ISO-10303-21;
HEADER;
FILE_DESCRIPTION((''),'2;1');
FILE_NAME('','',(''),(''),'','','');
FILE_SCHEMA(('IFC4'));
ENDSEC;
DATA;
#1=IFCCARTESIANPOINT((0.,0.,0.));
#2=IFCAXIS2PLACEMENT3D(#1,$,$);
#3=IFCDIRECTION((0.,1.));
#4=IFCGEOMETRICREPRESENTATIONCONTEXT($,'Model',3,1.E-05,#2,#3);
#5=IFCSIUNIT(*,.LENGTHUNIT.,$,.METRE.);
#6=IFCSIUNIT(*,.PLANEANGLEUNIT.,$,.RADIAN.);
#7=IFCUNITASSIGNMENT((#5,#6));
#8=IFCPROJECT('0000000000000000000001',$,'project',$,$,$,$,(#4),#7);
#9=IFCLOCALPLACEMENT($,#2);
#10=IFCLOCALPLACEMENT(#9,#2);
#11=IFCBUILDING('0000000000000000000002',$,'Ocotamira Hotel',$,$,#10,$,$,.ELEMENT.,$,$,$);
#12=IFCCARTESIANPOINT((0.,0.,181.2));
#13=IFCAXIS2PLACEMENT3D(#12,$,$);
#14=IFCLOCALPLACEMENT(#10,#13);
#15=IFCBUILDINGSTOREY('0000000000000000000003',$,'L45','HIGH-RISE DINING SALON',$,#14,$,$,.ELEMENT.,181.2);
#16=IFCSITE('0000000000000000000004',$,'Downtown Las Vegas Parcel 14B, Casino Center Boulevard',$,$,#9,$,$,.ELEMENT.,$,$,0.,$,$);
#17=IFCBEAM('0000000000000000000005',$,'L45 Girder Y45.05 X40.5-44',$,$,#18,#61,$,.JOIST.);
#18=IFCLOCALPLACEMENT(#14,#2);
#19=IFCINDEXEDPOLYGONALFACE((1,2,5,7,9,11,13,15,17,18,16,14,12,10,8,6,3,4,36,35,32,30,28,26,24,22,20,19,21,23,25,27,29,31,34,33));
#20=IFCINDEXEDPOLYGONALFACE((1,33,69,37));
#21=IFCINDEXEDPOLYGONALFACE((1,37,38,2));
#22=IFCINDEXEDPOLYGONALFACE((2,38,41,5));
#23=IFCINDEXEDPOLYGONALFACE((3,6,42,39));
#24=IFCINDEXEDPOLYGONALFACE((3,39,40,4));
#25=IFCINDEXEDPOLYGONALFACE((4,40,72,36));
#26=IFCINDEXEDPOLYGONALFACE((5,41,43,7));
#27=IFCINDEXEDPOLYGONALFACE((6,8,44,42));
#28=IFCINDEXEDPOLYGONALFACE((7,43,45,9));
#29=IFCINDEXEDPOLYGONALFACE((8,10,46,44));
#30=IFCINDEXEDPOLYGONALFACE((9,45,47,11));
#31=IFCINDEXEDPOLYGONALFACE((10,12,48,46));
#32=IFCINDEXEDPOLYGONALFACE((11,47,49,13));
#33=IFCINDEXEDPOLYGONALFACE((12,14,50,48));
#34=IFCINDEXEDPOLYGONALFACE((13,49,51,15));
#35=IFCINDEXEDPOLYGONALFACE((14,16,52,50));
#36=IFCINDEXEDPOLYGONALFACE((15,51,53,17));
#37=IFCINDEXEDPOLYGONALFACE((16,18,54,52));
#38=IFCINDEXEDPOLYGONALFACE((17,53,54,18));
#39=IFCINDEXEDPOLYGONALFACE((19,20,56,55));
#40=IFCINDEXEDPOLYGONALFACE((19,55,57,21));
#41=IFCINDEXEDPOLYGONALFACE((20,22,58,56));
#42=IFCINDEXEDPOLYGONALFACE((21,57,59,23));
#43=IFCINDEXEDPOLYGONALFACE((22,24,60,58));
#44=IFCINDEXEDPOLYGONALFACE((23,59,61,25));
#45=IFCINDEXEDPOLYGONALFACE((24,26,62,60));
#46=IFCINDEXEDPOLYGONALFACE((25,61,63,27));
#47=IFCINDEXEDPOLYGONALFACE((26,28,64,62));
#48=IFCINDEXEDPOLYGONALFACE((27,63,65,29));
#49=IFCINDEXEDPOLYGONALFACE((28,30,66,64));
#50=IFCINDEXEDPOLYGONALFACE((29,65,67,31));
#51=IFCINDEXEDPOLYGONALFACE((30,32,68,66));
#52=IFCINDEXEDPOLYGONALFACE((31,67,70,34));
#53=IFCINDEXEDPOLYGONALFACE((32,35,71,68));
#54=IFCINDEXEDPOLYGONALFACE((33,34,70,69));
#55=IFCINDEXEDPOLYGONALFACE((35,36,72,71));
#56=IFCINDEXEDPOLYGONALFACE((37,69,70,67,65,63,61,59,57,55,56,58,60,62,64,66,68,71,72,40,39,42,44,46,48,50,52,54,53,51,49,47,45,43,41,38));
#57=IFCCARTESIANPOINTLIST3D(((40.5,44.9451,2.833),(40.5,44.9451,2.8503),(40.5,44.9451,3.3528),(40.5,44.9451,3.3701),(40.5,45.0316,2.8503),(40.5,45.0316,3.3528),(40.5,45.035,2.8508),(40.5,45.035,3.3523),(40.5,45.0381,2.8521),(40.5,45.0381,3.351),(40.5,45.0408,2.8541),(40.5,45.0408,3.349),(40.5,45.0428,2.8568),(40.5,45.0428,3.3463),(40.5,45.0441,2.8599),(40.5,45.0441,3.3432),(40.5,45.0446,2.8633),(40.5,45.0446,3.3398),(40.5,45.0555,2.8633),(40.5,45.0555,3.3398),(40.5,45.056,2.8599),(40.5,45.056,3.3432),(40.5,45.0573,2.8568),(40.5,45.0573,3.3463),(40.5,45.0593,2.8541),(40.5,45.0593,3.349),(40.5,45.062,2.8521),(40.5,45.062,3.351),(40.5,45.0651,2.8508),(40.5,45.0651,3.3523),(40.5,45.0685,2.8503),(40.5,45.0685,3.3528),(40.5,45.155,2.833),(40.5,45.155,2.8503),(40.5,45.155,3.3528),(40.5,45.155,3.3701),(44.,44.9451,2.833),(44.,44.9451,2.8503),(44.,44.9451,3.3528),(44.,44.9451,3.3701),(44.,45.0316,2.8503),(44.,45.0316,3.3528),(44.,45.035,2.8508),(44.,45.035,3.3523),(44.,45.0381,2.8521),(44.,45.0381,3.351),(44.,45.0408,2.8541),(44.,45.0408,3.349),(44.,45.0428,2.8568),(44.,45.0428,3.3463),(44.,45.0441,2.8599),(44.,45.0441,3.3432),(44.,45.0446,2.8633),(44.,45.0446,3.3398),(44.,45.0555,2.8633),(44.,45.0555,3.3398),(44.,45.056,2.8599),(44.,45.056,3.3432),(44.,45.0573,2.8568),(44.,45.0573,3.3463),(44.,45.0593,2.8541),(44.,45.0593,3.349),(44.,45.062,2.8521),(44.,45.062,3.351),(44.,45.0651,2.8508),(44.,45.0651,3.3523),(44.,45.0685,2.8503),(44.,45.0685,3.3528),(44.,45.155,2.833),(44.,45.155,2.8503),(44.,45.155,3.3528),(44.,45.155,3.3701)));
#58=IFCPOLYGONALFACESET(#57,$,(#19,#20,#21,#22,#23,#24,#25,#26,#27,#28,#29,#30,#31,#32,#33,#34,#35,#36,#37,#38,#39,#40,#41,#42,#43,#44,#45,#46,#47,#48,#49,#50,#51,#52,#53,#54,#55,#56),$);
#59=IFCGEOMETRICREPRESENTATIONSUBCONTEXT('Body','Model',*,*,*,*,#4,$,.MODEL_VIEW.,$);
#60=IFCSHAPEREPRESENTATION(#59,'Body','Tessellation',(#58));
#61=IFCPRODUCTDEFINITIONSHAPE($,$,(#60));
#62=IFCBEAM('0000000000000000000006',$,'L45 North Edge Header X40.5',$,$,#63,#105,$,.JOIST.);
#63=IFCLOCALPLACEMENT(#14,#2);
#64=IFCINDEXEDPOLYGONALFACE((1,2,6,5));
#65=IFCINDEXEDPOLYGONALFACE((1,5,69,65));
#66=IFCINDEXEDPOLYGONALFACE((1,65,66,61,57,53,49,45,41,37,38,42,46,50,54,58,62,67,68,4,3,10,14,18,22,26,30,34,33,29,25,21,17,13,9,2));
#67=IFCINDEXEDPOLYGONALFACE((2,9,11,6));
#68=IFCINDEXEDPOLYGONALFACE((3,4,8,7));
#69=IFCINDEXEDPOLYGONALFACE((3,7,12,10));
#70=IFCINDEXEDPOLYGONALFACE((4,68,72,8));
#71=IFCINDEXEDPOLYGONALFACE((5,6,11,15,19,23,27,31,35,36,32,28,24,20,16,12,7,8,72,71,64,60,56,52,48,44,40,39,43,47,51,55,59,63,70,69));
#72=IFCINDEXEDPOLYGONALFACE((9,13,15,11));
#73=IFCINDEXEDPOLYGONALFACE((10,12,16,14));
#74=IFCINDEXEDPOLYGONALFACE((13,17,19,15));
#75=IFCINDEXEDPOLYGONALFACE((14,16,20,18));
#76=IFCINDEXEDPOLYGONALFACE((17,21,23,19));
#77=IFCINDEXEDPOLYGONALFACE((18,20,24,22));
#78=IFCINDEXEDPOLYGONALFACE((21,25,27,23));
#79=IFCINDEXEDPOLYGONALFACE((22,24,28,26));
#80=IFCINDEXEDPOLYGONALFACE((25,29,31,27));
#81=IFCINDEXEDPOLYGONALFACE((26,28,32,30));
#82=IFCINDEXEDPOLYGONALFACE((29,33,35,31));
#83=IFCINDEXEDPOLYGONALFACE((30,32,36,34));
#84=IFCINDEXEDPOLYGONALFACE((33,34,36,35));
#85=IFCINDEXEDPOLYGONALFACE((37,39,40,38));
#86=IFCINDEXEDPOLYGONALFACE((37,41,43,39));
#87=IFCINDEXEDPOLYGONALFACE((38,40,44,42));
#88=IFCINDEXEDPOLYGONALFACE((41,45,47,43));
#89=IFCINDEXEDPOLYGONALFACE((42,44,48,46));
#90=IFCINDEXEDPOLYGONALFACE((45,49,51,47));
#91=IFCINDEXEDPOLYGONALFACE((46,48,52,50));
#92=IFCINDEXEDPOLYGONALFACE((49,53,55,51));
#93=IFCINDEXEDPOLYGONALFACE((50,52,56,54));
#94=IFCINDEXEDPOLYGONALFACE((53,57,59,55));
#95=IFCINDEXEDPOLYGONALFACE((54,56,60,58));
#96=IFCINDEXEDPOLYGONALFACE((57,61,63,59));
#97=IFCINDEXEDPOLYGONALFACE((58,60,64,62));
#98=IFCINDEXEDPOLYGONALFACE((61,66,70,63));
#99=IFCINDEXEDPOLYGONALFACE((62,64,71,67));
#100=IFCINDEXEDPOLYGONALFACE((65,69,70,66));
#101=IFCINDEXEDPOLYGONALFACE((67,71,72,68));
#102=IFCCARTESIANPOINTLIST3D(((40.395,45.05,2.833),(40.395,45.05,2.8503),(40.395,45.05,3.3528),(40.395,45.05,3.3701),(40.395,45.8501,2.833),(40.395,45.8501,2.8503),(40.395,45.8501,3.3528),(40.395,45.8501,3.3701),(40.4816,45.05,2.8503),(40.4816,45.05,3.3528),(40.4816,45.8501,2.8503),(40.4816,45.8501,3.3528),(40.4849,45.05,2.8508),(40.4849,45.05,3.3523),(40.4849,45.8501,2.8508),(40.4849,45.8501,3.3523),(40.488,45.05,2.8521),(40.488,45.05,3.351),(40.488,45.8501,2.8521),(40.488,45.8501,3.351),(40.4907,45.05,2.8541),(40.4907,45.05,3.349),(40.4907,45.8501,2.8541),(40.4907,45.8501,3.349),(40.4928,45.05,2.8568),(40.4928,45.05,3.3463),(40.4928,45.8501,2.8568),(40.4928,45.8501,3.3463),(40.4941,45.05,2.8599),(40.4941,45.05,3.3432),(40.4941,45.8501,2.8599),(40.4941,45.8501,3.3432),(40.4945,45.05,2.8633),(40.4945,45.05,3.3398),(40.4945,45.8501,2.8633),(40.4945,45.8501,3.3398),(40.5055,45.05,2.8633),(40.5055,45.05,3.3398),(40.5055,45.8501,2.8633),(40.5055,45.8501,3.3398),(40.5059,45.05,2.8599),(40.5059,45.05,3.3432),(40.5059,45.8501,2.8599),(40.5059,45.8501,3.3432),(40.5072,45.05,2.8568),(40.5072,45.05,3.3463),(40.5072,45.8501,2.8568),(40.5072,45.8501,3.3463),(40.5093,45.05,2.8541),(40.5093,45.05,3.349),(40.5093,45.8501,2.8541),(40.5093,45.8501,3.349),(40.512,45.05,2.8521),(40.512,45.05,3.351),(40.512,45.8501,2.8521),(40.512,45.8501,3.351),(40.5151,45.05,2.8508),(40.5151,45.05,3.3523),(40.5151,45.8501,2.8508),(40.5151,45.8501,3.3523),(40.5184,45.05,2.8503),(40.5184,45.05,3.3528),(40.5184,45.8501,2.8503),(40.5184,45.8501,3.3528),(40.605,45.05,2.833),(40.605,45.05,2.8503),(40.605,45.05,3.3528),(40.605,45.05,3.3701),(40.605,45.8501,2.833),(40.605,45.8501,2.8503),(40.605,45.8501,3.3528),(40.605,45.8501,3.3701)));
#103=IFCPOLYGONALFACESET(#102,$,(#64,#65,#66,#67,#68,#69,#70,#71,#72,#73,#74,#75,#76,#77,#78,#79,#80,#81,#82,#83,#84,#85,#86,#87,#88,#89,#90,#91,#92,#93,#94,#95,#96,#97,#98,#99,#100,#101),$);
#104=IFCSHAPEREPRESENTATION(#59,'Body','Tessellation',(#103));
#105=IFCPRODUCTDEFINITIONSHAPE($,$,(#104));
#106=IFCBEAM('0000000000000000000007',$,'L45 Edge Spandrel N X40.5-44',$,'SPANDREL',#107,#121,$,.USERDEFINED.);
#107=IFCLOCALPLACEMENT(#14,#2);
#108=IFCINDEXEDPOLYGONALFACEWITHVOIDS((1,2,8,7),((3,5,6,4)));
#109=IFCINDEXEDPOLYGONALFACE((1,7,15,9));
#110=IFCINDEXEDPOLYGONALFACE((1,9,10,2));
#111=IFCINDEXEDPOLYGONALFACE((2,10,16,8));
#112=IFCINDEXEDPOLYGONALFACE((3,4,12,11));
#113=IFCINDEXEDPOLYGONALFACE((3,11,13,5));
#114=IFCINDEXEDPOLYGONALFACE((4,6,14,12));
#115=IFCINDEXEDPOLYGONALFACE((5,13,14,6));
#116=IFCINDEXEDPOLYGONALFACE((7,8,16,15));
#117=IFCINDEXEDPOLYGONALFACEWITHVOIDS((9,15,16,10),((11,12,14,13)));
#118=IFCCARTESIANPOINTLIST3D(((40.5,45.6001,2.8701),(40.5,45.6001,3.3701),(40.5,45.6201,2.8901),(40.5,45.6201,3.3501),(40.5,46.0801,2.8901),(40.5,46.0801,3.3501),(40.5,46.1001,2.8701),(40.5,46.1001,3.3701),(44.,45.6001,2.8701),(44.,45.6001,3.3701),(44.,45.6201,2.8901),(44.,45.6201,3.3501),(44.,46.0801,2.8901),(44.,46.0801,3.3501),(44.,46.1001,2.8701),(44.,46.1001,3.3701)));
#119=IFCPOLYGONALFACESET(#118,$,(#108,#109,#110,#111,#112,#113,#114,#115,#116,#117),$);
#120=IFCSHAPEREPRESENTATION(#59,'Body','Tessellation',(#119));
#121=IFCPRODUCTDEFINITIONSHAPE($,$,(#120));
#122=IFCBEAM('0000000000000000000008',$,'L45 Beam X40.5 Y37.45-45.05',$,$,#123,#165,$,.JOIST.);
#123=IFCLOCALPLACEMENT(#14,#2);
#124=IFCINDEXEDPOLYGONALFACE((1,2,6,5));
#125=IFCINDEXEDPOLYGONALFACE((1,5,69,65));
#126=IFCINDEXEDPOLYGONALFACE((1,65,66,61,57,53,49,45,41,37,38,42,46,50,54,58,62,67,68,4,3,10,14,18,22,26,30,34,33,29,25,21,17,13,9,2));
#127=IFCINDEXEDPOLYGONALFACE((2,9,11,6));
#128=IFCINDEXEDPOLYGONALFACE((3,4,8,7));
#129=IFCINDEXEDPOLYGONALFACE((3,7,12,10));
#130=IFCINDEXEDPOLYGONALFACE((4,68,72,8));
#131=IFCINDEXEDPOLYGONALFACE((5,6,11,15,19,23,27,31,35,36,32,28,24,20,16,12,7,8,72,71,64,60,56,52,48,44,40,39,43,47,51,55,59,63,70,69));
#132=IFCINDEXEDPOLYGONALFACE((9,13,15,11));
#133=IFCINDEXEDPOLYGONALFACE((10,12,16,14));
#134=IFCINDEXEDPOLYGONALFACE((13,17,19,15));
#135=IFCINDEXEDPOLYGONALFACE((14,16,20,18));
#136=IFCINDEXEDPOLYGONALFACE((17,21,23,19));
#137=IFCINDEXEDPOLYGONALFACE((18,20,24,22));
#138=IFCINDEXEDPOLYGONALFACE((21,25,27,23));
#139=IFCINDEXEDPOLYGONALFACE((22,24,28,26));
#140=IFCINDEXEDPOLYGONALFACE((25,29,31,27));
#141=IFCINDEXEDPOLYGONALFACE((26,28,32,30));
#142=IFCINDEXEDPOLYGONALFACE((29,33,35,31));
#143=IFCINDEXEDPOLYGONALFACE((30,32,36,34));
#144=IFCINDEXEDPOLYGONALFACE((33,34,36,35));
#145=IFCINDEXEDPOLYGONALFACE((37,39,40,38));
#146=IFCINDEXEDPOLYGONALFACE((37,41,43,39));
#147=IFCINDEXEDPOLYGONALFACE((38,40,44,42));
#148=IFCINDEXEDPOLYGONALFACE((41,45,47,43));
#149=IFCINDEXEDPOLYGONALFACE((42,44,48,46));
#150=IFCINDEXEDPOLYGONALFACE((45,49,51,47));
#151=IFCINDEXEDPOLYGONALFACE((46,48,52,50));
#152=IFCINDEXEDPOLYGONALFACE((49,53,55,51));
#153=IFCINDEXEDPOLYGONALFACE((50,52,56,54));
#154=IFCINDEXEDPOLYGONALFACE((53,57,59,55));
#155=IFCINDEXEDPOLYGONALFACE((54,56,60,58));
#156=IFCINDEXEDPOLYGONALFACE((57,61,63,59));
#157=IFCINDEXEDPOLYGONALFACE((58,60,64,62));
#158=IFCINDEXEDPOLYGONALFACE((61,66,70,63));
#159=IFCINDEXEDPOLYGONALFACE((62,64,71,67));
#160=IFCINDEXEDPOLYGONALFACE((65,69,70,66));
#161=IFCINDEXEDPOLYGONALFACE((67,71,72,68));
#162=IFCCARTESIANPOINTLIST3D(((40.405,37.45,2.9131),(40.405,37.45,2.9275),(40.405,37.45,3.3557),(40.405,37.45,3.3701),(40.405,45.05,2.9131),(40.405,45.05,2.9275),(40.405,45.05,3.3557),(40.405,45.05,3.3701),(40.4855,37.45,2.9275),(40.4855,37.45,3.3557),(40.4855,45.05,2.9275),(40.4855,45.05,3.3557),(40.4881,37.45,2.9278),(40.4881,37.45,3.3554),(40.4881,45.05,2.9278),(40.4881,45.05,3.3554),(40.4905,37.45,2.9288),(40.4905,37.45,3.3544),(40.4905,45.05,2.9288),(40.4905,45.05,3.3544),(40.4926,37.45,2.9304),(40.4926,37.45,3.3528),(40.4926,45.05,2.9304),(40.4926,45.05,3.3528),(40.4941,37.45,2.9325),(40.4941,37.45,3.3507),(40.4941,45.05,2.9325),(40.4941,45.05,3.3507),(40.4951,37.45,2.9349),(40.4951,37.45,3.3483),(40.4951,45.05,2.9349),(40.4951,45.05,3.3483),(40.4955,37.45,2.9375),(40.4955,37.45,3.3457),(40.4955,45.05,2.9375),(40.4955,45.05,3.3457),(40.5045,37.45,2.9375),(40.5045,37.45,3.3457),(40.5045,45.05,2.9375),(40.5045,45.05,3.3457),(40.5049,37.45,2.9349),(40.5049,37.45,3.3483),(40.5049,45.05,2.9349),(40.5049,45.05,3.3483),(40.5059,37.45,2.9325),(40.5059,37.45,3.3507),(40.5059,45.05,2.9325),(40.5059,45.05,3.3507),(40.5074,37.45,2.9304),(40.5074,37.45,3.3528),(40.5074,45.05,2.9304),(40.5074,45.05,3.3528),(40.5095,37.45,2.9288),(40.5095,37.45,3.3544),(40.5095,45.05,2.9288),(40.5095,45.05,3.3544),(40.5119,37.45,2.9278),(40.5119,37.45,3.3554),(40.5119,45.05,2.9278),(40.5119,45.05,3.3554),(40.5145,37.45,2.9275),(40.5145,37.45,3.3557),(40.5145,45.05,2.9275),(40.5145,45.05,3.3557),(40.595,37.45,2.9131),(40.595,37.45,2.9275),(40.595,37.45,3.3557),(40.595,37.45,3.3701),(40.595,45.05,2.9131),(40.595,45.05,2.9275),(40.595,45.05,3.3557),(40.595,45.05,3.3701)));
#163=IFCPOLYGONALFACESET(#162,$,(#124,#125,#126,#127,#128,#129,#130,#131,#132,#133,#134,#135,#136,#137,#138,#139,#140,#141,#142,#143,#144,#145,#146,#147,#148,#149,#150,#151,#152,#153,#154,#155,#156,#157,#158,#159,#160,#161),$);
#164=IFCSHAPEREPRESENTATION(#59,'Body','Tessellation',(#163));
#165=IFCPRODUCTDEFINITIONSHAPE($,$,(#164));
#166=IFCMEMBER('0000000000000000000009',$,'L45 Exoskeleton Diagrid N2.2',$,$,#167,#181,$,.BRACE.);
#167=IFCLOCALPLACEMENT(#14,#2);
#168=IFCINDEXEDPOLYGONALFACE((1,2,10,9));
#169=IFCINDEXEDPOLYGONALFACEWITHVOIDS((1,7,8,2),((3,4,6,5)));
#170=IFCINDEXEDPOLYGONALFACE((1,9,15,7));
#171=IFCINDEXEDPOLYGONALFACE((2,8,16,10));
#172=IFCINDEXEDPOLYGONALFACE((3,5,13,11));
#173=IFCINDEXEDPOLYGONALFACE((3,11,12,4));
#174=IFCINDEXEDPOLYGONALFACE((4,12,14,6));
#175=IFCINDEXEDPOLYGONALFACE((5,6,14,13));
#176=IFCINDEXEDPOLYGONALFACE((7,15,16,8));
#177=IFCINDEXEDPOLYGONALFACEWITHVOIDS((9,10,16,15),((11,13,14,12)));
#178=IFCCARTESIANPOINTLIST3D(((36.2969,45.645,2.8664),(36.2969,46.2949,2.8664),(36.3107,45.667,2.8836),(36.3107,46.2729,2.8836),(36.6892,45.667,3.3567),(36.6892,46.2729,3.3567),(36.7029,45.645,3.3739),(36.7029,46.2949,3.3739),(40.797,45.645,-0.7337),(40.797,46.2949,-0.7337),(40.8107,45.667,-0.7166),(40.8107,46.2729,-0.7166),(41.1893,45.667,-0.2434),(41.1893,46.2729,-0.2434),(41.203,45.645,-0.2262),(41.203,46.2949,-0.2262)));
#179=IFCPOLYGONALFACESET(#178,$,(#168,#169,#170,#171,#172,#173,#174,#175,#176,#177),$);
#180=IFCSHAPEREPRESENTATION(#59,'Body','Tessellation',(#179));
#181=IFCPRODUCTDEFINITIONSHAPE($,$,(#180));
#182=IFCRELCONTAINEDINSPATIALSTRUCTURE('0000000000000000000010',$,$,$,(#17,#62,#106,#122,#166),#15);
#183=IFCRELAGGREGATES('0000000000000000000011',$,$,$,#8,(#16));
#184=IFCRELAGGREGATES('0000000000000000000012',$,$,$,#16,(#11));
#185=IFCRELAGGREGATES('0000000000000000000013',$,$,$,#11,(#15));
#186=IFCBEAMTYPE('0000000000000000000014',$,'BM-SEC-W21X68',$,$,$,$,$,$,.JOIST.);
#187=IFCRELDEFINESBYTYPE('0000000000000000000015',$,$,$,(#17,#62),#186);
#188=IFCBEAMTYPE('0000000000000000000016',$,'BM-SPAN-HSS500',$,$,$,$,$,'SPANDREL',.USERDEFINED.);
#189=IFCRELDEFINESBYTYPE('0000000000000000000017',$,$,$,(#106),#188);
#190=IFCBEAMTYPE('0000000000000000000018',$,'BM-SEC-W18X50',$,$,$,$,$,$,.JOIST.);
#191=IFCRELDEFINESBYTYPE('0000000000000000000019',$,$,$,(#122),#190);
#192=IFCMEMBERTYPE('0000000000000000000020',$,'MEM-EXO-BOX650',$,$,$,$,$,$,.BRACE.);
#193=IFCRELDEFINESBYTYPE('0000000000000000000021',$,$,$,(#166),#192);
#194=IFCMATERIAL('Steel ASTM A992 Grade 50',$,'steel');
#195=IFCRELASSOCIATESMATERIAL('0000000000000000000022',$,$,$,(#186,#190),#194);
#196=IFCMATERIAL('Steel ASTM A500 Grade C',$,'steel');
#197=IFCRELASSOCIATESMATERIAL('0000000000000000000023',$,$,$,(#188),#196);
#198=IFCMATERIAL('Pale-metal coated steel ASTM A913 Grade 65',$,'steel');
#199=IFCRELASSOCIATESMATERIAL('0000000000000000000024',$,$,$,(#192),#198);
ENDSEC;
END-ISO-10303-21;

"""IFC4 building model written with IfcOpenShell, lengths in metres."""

from ifc_helpers import new_model, si_unit, direction, frame, origin, origin_2d, place, context, subcontext, project, spatial, hollow_rectangle, i_section, extrude, source, transform, mapped, material, material_profile, profile_set, type_object, element, save


model = new_model("IFC4")

# Units and contexts
model_context = context("Model", 3, precision=1e-05, world=origin(), true_north=direction((0.0, 1.0)))
body_context = subcontext(model_context, "Body", "Model", "MODEL_VIEW")
ifc_project = project(units=[si_unit("LENGTHUNIT", "METRE"), si_unit("PLANEANGLEUNIT", "RADIAN")], contexts=[model_context])

# Site, building, storey
site_placement = place(None, origin())
site = spatial("IfcSite", under=ifc_project, at=site_placement, Name="Downtown Las Vegas Parcel 14B, Casino Center Boulevard", CompositionType="ELEMENT", RefElevation=0.0)
building_placement = place(site_placement, origin())
building = spatial("IfcBuilding", under=site, at=building_placement, Name="Ocotamira Hotel", CompositionType="ELEMENT")
storey_placement = place(building_placement, frame((0.0, 0.0, 181.2)))
storey = spatial("IfcBuildingStorey", under=building, at=storey_placement, Name="L45", Description="HIGH-RISE DINING SALON", CompositionType="ELEMENT", Elevation=181.2)

# Beams
ifc_material_1 = material(Name="Steel ASTM A992 Grade 50", Category="steel")
ifc_material_profile_1 = material_profile(ifc_material_1, i_section(OverallWidth=0.21, OverallDepth=0.5371, WebThickness=0.011, FlangeThickness=0.0173, FilletRadius=0.0129, at=origin_2d()), Name="W21X68")
ifc_profile_set_1 = profile_set([ifc_material_profile_1], Name="Steel ASTM A992 Grade 50")
beam_type_1 = type_object("IfcBeamType", Name="BM-SEC-W21X68", PredefinedType="JOIST", material=ifc_profile_set_1)
shared_shape_1 = source(origin(), body_context, "Body", "SweptSolid", [
    extrude(i_section(OverallWidth=0.21, OverallDepth=0.5371, WebThickness=0.011, FlangeThickness=0.0173, FilletRadius=0.0129, at=origin_2d()), origin(), (0.0, 0.0, 1.0), 3.5),
])
beam_1_placement = place(storey_placement, frame((40.5, 45.05, 3.1016), z_axis=(1.0, 0.0, 0.0), x_axis=(0.0, 1.0, 0.0)))
element("IfcBeam", 1, at=beam_1_placement, inside=storey, type_object=beam_type_1, Name="L45 Girder Y45.05 X40.5-44", PredefinedType="JOIST", context=body_context, shape_type="MappedRepresentation", body=[
    mapped(shared_shape_1, transform((0.0, 0.0, 0.0), scale=1.0)),
])
shared_shape_2 = source(origin(), body_context, "Body", "SweptSolid", [
    extrude(i_section(OverallWidth=0.21, OverallDepth=0.5371, WebThickness=0.011, FlangeThickness=0.0173, FilletRadius=0.0129, at=origin_2d()), origin(), (0.0, 0.0, 1.0), 0.8),
])
beam_2_placement = place(storey_placement, frame((40.5, 45.05, 3.1016), z_axis=(0.0, 1.0, 0.0), x_axis=(-1.0, 0.0, 0.0)))
element("IfcBeam", 2, at=beam_2_placement, inside=storey, type_object=beam_type_1, Name="L45 North Edge Header X40.5", PredefinedType="JOIST", context=body_context, shape_type="MappedRepresentation", body=[
    mapped(shared_shape_2, transform((0.0, 0.0, 0.0), scale=1.0)),
])
ifc_material_2 = material(Name="Steel ASTM A500 Grade C", Category="steel")
ifc_material_profile_2 = material_profile(ifc_material_2, hollow_rectangle(XDim=0.5, YDim=0.5, WallThickness=0.02, at=origin_2d()), Name="HSS500X500X20")
ifc_profile_set_2 = profile_set([ifc_material_profile_2], Name="Steel ASTM A500 Grade C")
beam_type_2 = type_object("IfcBeamType", Name="BM-SPAN-HSS500", ElementType="SPANDREL", PredefinedType="USERDEFINED", material=ifc_profile_set_2)
shared_shape_3 = source(origin(), body_context, "Body", "SweptSolid", [
    extrude(hollow_rectangle(XDim=0.5, YDim=0.5, WallThickness=0.02, at=origin_2d()), origin(), (0.0, 0.0, 1.0), 3.5),
])
beam_3_placement = place(storey_placement, frame((40.5, 45.8501, 3.1201), z_axis=(1.0, 0.0, 0.0), x_axis=(0.0, 1.0, 0.0)))
element("IfcBeam", 3, at=beam_3_placement, inside=storey, type_object=beam_type_2, Name="L45 Edge Spandrel N X40.5-44", ObjectType="SPANDREL", PredefinedType="USERDEFINED", context=body_context, shape_type="MappedRepresentation", body=[
    mapped(shared_shape_3, transform((0.0, 0.0, 0.0), scale=1.0)),
])
ifc_material_profile_3 = material_profile(ifc_material_1, i_section(OverallWidth=0.1899, OverallDepth=0.457, WebThickness=0.009, FlangeThickness=0.0144, FilletRadius=0.01, at=origin_2d()), Name="W18X50")
ifc_profile_set_3 = profile_set([ifc_material_profile_3], Name="Steel ASTM A992 Grade 50")
beam_type_3 = type_object("IfcBeamType", Name="BM-SEC-W18X50", PredefinedType="JOIST", material=ifc_profile_set_3)
shared_shape_4 = source(origin(), body_context, "Body", "SweptSolid", [
    extrude(i_section(OverallWidth=0.1899, OverallDepth=0.457, WebThickness=0.009, FlangeThickness=0.0144, FilletRadius=0.01, at=origin_2d()), origin(), (0.0, 0.0, 1.0), 7.6001),
])
beam_4_placement = place(storey_placement, frame((40.5, 37.45, 3.1416), z_axis=(0.0, 1.0, 0.0), x_axis=(-1.0, 0.0, 0.0)))
element("IfcBeam", 4, at=beam_4_placement, inside=storey, type_object=beam_type_3, Name="L45 Beam X40.5 Y37.45-45.05", PredefinedType="JOIST", context=body_context, shape_type="MappedRepresentation", body=[
    mapped(shared_shape_4, transform((0.0, 0.0, 0.0), scale=1.0)),
])

# Member
ifc_material_3 = material(Name="Pale-metal coated steel ASTM A913 Grade 65", Category="steel")
ifc_material_profile_4 = material_profile(ifc_material_3, hollow_rectangle(XDim=0.6499, YDim=0.6499, WallThickness=0.022, at=origin_2d()), Name="BOX650X650X22")
ifc_profile_set_4 = profile_set([ifc_material_profile_4], Name="Pale-metal coated steel ASTM A913 Grade 65")
member_type_1 = type_object("IfcMemberType", Name="MEM-EXO-BOX650", PredefinedType="BRACE", material=ifc_profile_set_4)
shared_shape_5 = source(origin(), body_context, "Body", "SweptSolid", [
    extrude(hollow_rectangle(XDim=0.6499, YDim=0.6499, WallThickness=0.022, at=origin_2d()), origin(), (0.0, 0.0, 1.0), 5.7629),
])
for number, where, z_axis, x_axis, name in (
    (5, (41.0, 45.97, -0.48), (-0.780861, 0.0, 0.624705), (0.0, -1.0, 0.0), "L45 Exoskeleton Diagrid N2.2"),
):
    element("IfcMember", number, at=place(storey_placement, frame(where, z_axis=z_axis, x_axis=x_axis)), inside=storey, type_object=member_type_1, Name=name, PredefinedType="BRACE", context=body_context, shape_type="MappedRepresentation", body=[
        mapped(shared_shape_5, transform((0.0, 0.0, 0.0), scale=1.0)),
    ])

save(model, "model.ifc")
